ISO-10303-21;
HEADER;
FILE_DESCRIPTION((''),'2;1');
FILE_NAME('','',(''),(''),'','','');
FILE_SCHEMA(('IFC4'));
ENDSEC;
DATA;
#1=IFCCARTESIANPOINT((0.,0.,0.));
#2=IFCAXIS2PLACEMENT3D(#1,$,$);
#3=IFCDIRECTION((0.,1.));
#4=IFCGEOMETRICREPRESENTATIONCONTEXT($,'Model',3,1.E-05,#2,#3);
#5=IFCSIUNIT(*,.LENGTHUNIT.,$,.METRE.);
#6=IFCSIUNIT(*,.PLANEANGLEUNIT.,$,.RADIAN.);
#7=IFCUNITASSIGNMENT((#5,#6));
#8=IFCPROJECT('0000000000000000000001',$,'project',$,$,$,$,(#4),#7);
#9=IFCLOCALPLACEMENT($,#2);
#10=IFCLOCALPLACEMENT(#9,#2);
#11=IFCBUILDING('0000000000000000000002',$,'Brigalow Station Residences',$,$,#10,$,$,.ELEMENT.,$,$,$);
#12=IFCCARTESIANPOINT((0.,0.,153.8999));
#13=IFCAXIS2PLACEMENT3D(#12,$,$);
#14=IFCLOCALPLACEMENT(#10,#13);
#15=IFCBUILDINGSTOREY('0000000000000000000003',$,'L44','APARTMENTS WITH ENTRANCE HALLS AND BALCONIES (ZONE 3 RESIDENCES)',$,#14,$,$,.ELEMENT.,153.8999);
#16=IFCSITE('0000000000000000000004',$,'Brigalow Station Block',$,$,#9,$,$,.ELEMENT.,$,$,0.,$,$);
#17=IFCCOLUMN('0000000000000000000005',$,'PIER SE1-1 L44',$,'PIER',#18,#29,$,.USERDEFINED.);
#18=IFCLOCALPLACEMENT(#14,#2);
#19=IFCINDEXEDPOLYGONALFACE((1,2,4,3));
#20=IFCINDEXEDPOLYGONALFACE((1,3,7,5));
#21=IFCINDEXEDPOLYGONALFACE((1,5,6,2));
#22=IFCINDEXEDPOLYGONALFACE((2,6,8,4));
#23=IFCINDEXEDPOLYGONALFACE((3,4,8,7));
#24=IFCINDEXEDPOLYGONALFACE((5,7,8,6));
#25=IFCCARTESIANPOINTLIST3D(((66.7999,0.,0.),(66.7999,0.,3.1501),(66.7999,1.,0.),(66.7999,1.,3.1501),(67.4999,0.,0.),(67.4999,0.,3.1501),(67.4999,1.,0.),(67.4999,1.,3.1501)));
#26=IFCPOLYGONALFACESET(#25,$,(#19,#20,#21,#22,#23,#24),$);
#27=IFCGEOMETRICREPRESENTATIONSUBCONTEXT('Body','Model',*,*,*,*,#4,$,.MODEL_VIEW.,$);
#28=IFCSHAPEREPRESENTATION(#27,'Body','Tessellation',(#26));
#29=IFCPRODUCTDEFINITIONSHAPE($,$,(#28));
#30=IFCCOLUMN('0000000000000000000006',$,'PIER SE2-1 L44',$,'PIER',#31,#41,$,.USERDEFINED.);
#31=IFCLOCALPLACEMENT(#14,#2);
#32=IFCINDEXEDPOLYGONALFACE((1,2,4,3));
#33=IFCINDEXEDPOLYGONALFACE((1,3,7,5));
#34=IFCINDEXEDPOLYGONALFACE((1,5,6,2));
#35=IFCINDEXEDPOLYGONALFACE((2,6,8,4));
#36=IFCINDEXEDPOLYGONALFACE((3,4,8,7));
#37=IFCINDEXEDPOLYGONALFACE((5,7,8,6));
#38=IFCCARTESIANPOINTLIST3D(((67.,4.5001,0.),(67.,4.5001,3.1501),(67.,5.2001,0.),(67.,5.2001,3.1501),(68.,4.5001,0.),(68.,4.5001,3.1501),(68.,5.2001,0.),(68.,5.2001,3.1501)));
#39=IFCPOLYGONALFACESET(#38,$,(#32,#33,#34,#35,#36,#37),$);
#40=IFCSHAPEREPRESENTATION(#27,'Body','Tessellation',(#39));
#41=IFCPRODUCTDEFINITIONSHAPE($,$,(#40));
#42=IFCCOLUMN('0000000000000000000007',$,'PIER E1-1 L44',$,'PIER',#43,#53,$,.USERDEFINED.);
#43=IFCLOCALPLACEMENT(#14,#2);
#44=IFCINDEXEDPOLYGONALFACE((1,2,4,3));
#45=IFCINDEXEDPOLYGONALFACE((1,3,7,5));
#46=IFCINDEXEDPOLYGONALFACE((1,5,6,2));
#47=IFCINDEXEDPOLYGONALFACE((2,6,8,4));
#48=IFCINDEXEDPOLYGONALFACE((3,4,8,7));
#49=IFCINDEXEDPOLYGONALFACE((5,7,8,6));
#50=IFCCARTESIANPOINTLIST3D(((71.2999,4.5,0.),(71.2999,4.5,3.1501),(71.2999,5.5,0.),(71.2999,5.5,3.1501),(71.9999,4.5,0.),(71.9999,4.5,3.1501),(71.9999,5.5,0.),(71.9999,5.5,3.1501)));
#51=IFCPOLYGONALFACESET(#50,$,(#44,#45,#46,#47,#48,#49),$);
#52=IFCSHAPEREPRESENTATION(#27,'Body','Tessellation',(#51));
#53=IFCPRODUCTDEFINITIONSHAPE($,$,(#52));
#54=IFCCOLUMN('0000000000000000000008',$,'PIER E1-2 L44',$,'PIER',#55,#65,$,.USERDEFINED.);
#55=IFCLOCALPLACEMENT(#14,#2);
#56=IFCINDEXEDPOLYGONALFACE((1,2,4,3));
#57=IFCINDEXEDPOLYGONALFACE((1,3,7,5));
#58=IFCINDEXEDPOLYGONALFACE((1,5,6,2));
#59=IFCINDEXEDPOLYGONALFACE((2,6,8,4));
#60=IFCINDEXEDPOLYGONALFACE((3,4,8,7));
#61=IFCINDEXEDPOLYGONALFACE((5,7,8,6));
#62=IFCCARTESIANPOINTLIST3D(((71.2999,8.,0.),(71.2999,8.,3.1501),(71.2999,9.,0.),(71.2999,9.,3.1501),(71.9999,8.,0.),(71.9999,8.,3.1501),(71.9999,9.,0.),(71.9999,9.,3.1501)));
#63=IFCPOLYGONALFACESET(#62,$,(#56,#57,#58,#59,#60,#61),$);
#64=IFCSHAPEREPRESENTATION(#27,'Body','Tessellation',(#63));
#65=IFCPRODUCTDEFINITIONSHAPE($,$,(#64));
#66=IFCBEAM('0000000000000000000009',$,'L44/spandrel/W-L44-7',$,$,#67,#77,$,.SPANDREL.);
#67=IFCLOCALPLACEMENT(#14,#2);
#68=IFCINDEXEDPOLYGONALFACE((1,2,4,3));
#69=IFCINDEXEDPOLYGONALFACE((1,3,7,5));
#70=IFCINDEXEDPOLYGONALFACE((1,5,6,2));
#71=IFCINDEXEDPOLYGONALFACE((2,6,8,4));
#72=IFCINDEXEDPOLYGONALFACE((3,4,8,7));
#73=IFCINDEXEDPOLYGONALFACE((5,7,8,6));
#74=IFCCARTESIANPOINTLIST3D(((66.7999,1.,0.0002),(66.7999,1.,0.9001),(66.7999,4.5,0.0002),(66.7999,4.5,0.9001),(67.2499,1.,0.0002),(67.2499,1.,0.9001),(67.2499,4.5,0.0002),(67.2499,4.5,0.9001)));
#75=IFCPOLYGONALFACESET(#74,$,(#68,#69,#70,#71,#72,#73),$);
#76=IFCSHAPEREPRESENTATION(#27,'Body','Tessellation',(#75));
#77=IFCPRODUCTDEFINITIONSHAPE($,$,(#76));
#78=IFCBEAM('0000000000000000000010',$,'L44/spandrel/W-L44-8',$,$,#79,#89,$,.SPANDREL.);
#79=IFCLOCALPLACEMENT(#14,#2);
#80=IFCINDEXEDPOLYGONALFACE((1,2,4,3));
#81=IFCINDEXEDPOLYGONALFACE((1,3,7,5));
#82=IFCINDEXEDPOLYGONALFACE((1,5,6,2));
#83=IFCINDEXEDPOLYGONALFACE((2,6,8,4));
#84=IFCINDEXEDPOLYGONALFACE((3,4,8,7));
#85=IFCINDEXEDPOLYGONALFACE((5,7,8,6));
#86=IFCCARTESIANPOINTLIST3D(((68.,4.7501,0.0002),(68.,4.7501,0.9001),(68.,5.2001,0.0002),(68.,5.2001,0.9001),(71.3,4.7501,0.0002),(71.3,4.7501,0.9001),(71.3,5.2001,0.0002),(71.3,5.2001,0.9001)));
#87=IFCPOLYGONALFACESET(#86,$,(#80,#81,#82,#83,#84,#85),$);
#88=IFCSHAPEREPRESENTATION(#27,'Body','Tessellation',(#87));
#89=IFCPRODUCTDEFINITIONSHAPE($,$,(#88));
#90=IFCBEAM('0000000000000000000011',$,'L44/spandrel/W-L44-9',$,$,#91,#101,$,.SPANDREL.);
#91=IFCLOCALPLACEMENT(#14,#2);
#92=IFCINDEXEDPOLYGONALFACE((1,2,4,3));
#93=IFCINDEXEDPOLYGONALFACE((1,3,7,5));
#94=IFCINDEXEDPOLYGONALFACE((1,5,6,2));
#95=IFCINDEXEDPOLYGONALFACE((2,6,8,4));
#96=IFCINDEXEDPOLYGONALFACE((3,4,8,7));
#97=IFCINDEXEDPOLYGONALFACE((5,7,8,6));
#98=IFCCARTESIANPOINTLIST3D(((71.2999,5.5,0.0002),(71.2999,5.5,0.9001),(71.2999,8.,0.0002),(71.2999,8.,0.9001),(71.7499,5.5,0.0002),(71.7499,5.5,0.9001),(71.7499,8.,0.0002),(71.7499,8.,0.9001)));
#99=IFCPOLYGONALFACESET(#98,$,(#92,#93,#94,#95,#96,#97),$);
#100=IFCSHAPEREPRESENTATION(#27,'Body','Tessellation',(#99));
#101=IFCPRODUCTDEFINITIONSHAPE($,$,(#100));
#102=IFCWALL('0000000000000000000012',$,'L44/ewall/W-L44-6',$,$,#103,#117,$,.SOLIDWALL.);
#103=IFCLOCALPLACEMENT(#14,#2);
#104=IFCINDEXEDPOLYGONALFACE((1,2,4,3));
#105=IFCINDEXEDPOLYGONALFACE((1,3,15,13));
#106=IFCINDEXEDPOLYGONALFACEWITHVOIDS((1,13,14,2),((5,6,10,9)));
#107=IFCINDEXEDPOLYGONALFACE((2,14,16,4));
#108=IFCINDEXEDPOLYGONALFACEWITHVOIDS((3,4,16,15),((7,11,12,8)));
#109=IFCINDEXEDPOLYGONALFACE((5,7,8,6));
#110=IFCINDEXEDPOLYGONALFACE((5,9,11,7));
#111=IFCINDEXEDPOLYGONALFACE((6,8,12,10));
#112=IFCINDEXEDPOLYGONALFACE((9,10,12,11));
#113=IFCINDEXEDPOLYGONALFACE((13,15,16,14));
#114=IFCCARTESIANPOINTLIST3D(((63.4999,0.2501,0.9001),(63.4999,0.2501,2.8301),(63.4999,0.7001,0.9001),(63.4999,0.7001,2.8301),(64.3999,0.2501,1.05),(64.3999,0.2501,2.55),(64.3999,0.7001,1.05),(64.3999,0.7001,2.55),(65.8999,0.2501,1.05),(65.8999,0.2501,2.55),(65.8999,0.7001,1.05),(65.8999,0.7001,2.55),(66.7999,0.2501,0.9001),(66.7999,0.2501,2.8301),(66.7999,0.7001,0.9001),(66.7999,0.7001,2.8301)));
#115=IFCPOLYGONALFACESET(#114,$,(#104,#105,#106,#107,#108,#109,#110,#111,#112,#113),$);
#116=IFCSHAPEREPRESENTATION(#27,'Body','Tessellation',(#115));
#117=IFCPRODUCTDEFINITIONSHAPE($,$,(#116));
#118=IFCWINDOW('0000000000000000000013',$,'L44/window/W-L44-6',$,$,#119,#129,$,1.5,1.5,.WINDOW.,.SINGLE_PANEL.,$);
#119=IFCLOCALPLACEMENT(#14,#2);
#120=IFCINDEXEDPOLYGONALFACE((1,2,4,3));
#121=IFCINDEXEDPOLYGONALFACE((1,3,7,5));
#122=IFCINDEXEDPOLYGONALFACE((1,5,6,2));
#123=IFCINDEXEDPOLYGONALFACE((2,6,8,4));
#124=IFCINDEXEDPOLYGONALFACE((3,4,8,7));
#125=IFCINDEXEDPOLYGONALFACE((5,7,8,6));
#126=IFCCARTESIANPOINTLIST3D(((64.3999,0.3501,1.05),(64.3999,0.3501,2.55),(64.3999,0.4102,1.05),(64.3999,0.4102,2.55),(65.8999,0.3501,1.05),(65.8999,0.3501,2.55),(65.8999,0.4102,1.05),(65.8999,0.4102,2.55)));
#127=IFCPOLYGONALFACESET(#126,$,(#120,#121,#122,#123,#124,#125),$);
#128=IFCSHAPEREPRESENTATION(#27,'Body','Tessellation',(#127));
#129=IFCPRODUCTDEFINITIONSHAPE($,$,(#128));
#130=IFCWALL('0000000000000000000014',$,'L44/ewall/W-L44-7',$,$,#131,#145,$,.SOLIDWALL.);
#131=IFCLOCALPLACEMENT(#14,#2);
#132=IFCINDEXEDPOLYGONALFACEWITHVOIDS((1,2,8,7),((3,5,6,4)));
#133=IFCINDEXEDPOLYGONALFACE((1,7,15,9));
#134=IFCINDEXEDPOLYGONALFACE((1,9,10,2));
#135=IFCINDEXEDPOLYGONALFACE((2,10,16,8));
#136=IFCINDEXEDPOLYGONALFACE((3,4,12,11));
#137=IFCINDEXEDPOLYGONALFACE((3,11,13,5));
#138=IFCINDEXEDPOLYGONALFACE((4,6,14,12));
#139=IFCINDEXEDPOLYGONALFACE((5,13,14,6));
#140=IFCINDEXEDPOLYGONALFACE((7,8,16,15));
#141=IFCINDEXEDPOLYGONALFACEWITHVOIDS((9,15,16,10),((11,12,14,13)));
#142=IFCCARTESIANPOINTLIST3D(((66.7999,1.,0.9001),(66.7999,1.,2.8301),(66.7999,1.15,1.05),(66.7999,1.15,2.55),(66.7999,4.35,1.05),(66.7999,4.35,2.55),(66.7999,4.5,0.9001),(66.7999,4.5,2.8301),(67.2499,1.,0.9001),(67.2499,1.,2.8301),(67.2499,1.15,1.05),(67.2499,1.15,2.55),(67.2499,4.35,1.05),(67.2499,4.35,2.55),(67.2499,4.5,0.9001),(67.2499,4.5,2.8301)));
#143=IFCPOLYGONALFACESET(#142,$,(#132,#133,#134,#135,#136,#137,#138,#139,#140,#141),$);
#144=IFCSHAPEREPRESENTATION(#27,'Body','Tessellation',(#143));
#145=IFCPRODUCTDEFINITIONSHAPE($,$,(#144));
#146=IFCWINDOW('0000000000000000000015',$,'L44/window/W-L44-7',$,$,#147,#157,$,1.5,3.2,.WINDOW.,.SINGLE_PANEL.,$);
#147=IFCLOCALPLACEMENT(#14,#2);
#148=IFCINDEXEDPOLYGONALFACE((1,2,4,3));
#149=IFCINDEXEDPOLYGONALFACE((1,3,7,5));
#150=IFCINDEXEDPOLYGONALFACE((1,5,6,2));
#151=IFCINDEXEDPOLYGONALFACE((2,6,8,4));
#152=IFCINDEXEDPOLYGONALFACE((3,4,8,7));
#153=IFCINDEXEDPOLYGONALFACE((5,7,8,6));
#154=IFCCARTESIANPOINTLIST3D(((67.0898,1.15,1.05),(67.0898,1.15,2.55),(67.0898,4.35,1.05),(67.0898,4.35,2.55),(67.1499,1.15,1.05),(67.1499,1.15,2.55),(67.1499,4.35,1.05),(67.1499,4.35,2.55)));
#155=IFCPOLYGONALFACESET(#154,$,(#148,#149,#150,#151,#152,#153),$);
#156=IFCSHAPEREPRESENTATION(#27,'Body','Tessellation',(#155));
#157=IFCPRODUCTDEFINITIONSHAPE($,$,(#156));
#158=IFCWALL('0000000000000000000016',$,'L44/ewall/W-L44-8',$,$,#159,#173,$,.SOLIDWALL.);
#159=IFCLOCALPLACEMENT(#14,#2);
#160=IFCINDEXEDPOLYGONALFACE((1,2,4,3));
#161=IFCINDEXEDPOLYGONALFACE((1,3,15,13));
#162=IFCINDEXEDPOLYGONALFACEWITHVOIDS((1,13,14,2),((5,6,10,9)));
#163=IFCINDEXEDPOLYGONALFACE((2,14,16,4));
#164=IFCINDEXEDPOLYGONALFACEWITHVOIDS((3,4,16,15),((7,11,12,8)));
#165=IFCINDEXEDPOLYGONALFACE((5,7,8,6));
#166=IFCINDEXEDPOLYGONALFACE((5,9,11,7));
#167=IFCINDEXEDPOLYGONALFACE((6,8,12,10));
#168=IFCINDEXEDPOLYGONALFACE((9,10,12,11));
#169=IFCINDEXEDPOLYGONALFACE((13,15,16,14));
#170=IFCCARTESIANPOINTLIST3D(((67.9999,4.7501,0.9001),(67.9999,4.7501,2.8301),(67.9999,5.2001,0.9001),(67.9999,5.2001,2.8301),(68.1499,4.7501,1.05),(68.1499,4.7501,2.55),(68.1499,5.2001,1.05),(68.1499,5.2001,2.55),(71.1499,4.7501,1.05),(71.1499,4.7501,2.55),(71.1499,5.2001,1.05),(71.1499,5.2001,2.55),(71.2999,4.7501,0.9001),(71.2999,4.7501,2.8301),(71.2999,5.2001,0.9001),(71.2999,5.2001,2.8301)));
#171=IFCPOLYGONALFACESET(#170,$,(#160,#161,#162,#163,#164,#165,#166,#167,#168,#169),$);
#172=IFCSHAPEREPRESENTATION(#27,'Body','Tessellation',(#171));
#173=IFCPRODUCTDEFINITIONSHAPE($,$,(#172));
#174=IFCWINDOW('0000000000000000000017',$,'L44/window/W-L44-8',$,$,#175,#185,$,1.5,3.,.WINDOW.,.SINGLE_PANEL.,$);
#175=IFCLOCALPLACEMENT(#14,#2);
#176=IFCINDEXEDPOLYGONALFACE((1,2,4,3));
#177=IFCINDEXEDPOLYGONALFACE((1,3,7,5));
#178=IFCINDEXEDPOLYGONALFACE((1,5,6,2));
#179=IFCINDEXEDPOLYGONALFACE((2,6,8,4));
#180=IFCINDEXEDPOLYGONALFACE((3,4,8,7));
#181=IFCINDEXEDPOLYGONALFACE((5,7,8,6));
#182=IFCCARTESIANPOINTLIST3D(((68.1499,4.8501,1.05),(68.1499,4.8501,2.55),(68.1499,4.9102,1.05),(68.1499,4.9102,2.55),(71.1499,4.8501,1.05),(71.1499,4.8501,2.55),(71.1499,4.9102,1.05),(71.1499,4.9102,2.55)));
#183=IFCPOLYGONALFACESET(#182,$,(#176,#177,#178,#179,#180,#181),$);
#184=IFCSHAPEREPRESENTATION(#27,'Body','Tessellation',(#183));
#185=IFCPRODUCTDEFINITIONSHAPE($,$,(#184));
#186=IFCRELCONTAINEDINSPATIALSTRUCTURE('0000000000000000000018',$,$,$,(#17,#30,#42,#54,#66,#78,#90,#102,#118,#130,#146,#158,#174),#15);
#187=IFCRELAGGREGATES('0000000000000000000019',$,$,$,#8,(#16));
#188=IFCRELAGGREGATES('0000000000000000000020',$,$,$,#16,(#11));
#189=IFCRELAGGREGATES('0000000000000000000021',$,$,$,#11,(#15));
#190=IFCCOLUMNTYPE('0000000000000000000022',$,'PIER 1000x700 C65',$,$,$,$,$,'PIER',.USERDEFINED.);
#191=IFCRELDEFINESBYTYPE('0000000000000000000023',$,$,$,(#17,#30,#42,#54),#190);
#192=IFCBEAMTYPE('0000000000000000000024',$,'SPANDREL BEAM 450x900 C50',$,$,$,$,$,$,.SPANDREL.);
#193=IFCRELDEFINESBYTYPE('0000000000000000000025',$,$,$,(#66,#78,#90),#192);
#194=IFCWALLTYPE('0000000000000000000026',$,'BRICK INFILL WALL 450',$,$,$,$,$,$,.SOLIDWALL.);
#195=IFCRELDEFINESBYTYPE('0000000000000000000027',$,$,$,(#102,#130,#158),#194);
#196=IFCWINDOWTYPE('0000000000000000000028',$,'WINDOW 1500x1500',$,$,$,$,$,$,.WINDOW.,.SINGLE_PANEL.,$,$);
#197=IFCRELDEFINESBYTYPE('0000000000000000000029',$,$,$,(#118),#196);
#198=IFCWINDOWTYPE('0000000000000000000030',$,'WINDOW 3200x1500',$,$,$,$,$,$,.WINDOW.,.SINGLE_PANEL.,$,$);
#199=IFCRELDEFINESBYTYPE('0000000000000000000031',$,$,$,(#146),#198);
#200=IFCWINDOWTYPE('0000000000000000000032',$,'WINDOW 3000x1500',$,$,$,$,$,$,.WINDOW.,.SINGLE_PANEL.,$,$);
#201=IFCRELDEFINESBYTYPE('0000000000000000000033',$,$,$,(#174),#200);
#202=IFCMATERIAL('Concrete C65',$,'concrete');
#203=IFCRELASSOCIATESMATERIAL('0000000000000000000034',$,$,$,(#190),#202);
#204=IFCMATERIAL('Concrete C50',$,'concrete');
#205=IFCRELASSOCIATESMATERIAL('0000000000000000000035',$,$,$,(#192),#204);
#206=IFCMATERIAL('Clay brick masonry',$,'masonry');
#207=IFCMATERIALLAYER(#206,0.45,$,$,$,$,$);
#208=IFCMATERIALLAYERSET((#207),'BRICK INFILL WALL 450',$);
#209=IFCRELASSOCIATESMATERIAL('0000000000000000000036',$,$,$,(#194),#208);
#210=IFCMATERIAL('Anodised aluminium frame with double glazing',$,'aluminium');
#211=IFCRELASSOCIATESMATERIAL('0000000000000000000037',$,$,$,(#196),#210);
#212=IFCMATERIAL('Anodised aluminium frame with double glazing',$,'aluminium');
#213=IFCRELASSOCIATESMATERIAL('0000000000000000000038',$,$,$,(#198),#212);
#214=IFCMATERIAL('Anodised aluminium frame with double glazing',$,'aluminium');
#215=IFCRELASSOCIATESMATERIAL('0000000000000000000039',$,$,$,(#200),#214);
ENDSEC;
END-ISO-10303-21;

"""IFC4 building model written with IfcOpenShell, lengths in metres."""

from ifc_helpers import new_model, si_unit, direction, frame, frame_2d, origin, origin_2d, place, context, subcontext, project, spatial, rectangle, extrude, material, layer, layer_set, material_profile, profile_set, type_object, element, fill, save


model = new_model("IFC4")

# Units and contexts
model_context = context("Model", 3, precision=1e-05, world=origin(), true_north=direction((0.0, 1.0)))
body_context = subcontext(model_context, "Body", "Model", "MODEL_VIEW")
ifc_project = project(units=[si_unit("LENGTHUNIT", "METRE"), si_unit("PLANEANGLEUNIT", "RADIAN")], contexts=[model_context])

# Site, building, storey
site_placement = place(None, origin())
site = spatial("IfcSite", under=ifc_project, at=site_placement, Name="Brigalow Station Block", CompositionType="ELEMENT", RefElevation=0.0)
building_placement = place(site_placement, origin())
building = spatial("IfcBuilding", under=site, at=building_placement, Name="Brigalow Station Residences", CompositionType="ELEMENT")
storey_placement = place(building_placement, frame((0.0, 0.0, 153.8999)))
storey = spatial("IfcBuildingStorey", under=building, at=storey_placement, Name="L44", Description="APARTMENTS WITH ENTRANCE HALLS AND BALCONIES (ZONE 3 RESIDENCES)", CompositionType="ELEMENT", Elevation=153.8999)

# Columns
ifc_material_1 = material(Name="Concrete C65", Category="concrete")
ifc_material_profile_1 = material_profile(ifc_material_1, rectangle(XDim=1.0, YDim=0.7, at=origin_2d()), Name="RC1000x700")
ifc_profile_set_1 = profile_set([ifc_material_profile_1], Name="Concrete C65")
column_type = type_object("IfcColumnType", Name="PIER 1000x700 C65", ElementType="PIER", PredefinedType="USERDEFINED", material=ifc_profile_set_1)
for number, where, z_axis, x_axis, name in (
    (1, (67.1499, 0.5, 0.0), (0.0, 0.0, 1.0), (0.0, 1.0, 0.0), "PIER SE1-1 L44"),
    (2, (67.5, 4.8501, 0.0), (0.0, 0.0, 1.0), (1.0, 0.0, 0.0), "PIER SE2-1 L44"),
    (3, (71.6499, 5.0, 0.0), (0.0, 0.0, 1.0), (0.0, 1.0, 0.0), "PIER E1-1 L44"),
    (4, (71.6499, 8.5, 0.0), (0.0, 0.0, 1.0), (0.0, 1.0, 0.0), "PIER E1-2 L44"),
):
    element("IfcColumn", number, at=place(storey_placement, frame(where, z_axis=z_axis, x_axis=x_axis)), inside=storey, type_object=column_type, Name=name, ObjectType="PIER", PredefinedType="USERDEFINED", context=body_context, shape_type="SweptSolid", body=[
        extrude(rectangle(XDim=1.0, YDim=0.7, at=origin_2d()), origin(), (0.0, 0.0, 1.0), 3.1501),
    ])

# Beams
ifc_material_2 = material(Name="Concrete C50", Category="concrete")
ifc_material_profile_2 = material_profile(ifc_material_2, rectangle(XDim=0.45, YDim=0.8999, at=origin_2d()), Name="RC450x900")
ifc_profile_set_2 = profile_set([ifc_material_profile_2], Name="Concrete C50")
beam_type = type_object("IfcBeamType", Name="SPANDREL BEAM 450x900 C50", PredefinedType="SPANDREL", material=ifc_profile_set_2)
beam_1_placement = place(storey_placement, frame((67.0249, 1.0, 0.4502), z_axis=(0.0, 1.0, 0.0), x_axis=(-1.0, 0.0, 0.0)))
element("IfcBeam", 5, at=beam_1_placement, inside=storey, type_object=beam_type, Name="L44/spandrel/W-L44-7", PredefinedType="SPANDREL", context=body_context, shape_type="SweptSolid", body=[
    extrude(rectangle(XDim=0.45, YDim=0.8999, at=origin_2d()), origin(), (0.0, 0.0, 1.0), 3.5),
])
beam_2_placement = place(storey_placement, frame((68.0, 4.9751, 0.4502), z_axis=(1.0, 0.0, 0.0), x_axis=(0.0, 1.0, 0.0)))
element("IfcBeam", 6, at=beam_2_placement, inside=storey, type_object=beam_type, Name="L44/spandrel/W-L44-8", PredefinedType="SPANDREL", context=body_context, shape_type="SweptSolid", body=[
    extrude(rectangle(XDim=0.45, YDim=0.8999, at=origin_2d()), origin(), (0.0, 0.0, 1.0), 3.3),
])
beam_3_placement = place(storey_placement, frame((71.5249, 5.5, 0.4502), z_axis=(0.0, 1.0, 0.0), x_axis=(-1.0, 0.0, 0.0)))
element("IfcBeam", 7, at=beam_3_placement, inside=storey, type_object=beam_type, Name="L44/spandrel/W-L44-9", PredefinedType="SPANDREL", context=body_context, shape_type="SweptSolid", body=[
    extrude(rectangle(XDim=0.45, YDim=0.8999, at=origin_2d()), origin(), (0.0, 0.0, 1.0), 2.5),
])

# Walls, openings, windows
ifc_material_3 = material(Name="Clay brick masonry", Category="masonry")
ifc_layer_1 = layer(ifc_material_3, 0.45)
ifc_layer_set_1 = layer_set([ifc_layer_1], Name="BRICK INFILL WALL 450")
wall_type_1 = type_object("IfcWallType", Name="BRICK INFILL WALL 450", PredefinedType="SOLIDWALL", material=ifc_layer_set_1)
wall_1_placement = place(storey_placement, frame((63.5, 0.4751, 0.9001), z_axis=(0.0, 0.0, 1.0), x_axis=(1.0, 0.0, 0.0)))
wall_1 = element("IfcWall", 8, at=wall_1_placement, inside=storey, type_object=wall_type_1, Name="L44/ewall/W-L44-6", PredefinedType="SOLIDWALL", context=body_context, shape_type="SweptSolid", body=[
    extrude(rectangle(XDim=3.3, YDim=0.45, at=frame_2d((1.6499, 0.0))), origin(), (0.0, 0.0, 1.0), 1.9299),
])
opening_1_placement = place(wall_1_placement, frame((0.8999, 0.0, 0.1499)))
opening_1 = element("IfcOpeningElement", 9, at=opening_1_placement, cuts=wall_1, PredefinedType="OPENING", context=body_context, shape_type="SweptSolid", body=[
    extrude(rectangle(XDim=1.5, YDim=1.5, at=frame_2d((0.75, 0.75))), frame((0.0, 0.2349, 0.0), z_axis=(0.0, -1.0, 0.0), x_axis=(1.0, 0.0, 0.0)), (0.0, 0.0, 1.0), 0.47),
])
ifc_material_4 = material(Name="Anodised aluminium frame with double glazing", Category="aluminium")
window_type_1 = type_object("IfcWindowType", Name="WINDOW 1500x1500", PartitioningType="SINGLE_PANEL", PredefinedType="WINDOW", material=ifc_material_4)
window_1_placement = place(opening_1_placement, origin())
window_1 = element("IfcWindow", 10, at=window_1_placement, inside=storey, type_object=window_type_1, Name="L44/window/W-L44-6", OverallHeight=1.5, OverallWidth=1.5, PartitioningType="SINGLE_PANEL", PredefinedType="WINDOW", context=body_context, shape_type="SweptSolid", body=[
    extrude(rectangle(XDim=1.5, YDim=1.5, at=frame_2d((0.75, 0.75))), frame((0.0, -0.0649, 0.0), z_axis=(0.0, -1.0, 0.0), x_axis=(1.0, 0.0, 0.0)), (0.0, 0.0, 1.0), 0.0601),
])
fill(opening_1, window_1)
wall_2_placement = place(storey_placement, frame((67.0249, 1.0, 0.9001), z_axis=(0.0, 0.0, 1.0), x_axis=(0.0, 1.0, 0.0)))
wall_2 = element("IfcWall", 11, at=wall_2_placement, inside=storey, type_object=wall_type_1, Name="L44/ewall/W-L44-7", PredefinedType="SOLIDWALL", context=body_context, shape_type="SweptSolid", body=[
    extrude(rectangle(XDim=3.5, YDim=0.45, at=frame_2d((1.75, 0.0))), origin(), (0.0, 0.0, 1.0), 1.9299),
])
opening_2_placement = place(wall_2_placement, frame((0.1499, 0.0, 0.1499)))
opening_2 = element("IfcOpeningElement", 12, at=opening_2_placement, cuts=wall_2, PredefinedType="OPENING", context=body_context, shape_type="SweptSolid", body=[
    extrude(rectangle(XDim=3.2, YDim=1.5, at=frame_2d((1.6001, 0.75))), frame((0.0, 0.2349, 0.0), z_axis=(0.0, -1.0, 0.0), x_axis=(1.0, 0.0, 0.0)), (0.0, 0.0, 1.0), 0.47),
])
ifc_material_5 = material(Name="Anodised aluminium frame with double glazing", Category="aluminium")
window_type_2 = type_object("IfcWindowType", Name="WINDOW 3200x1500", PartitioningType="SINGLE_PANEL", PredefinedType="WINDOW", material=ifc_material_5)
window_2_placement = place(opening_2_placement, origin())
window_2 = element("IfcWindow", 13, at=window_2_placement, inside=storey, type_object=window_type_2, Name="L44/window/W-L44-7", OverallHeight=1.5, OverallWidth=3.2, PartitioningType="SINGLE_PANEL", PredefinedType="WINDOW", context=body_context, shape_type="SweptSolid", body=[
    extrude(rectangle(XDim=3.2, YDim=1.5, at=frame_2d((1.6001, 0.75))), frame((0.0, -0.0649, 0.0), z_axis=(0.0, -1.0, 0.0), x_axis=(1.0, 0.0, 0.0)), (0.0, 0.0, 1.0), 0.0601),
])
fill(opening_2, window_2)
wall_3_placement = place(storey_placement, frame((68.0, 4.9751, 0.9001), z_axis=(0.0, 0.0, 1.0), x_axis=(1.0, 0.0, 0.0)))
wall_3 = element("IfcWall", 14, at=wall_3_placement, inside=storey, type_object=wall_type_1, Name="L44/ewall/W-L44-8", PredefinedType="SOLIDWALL", context=body_context, shape_type="SweptSolid", body=[
    extrude(rectangle(XDim=3.3, YDim=0.45, at=frame_2d((1.6499, 0.0))), origin(), (0.0, 0.0, 1.0), 1.9299),
])
opening_3_placement = place(wall_3_placement, frame((0.1499, 0.0, 0.1499)))
opening_3 = element("IfcOpeningElement", 15, at=opening_3_placement, cuts=wall_3, PredefinedType="OPENING", context=body_context, shape_type="SweptSolid", body=[
    extrude(rectangle(XDim=3.0, YDim=1.5, at=frame_2d((1.5, 0.75))), frame((0.0, 0.2349, 0.0), z_axis=(0.0, -1.0, 0.0), x_axis=(1.0, 0.0, 0.0)), (0.0, 0.0, 1.0), 0.47),
])
ifc_material_6 = material(Name="Anodised aluminium frame with double glazing", Category="aluminium")
window_type_3 = type_object("IfcWindowType", Name="WINDOW 3000x1500", PartitioningType="SINGLE_PANEL", PredefinedType="WINDOW", material=ifc_material_6)
window_3_placement = place(opening_3_placement, origin())
window_3 = element("IfcWindow", 16, at=window_3_placement, inside=storey, type_object=window_type_3, Name="L44/window/W-L44-8", OverallHeight=1.5, OverallWidth=3.0, PartitioningType="SINGLE_PANEL", PredefinedType="WINDOW", context=body_context, shape_type="SweptSolid", body=[
    extrude(rectangle(XDim=3.0, YDim=1.5, at=frame_2d((1.5, 0.75))), frame((0.0, -0.0649, 0.0), z_axis=(0.0, -1.0, 0.0), x_axis=(1.0, 0.0, 0.0)), (0.0, 0.0, 1.0), 0.0601),
])
fill(opening_3, window_3)

save(model, "model.ifc")
